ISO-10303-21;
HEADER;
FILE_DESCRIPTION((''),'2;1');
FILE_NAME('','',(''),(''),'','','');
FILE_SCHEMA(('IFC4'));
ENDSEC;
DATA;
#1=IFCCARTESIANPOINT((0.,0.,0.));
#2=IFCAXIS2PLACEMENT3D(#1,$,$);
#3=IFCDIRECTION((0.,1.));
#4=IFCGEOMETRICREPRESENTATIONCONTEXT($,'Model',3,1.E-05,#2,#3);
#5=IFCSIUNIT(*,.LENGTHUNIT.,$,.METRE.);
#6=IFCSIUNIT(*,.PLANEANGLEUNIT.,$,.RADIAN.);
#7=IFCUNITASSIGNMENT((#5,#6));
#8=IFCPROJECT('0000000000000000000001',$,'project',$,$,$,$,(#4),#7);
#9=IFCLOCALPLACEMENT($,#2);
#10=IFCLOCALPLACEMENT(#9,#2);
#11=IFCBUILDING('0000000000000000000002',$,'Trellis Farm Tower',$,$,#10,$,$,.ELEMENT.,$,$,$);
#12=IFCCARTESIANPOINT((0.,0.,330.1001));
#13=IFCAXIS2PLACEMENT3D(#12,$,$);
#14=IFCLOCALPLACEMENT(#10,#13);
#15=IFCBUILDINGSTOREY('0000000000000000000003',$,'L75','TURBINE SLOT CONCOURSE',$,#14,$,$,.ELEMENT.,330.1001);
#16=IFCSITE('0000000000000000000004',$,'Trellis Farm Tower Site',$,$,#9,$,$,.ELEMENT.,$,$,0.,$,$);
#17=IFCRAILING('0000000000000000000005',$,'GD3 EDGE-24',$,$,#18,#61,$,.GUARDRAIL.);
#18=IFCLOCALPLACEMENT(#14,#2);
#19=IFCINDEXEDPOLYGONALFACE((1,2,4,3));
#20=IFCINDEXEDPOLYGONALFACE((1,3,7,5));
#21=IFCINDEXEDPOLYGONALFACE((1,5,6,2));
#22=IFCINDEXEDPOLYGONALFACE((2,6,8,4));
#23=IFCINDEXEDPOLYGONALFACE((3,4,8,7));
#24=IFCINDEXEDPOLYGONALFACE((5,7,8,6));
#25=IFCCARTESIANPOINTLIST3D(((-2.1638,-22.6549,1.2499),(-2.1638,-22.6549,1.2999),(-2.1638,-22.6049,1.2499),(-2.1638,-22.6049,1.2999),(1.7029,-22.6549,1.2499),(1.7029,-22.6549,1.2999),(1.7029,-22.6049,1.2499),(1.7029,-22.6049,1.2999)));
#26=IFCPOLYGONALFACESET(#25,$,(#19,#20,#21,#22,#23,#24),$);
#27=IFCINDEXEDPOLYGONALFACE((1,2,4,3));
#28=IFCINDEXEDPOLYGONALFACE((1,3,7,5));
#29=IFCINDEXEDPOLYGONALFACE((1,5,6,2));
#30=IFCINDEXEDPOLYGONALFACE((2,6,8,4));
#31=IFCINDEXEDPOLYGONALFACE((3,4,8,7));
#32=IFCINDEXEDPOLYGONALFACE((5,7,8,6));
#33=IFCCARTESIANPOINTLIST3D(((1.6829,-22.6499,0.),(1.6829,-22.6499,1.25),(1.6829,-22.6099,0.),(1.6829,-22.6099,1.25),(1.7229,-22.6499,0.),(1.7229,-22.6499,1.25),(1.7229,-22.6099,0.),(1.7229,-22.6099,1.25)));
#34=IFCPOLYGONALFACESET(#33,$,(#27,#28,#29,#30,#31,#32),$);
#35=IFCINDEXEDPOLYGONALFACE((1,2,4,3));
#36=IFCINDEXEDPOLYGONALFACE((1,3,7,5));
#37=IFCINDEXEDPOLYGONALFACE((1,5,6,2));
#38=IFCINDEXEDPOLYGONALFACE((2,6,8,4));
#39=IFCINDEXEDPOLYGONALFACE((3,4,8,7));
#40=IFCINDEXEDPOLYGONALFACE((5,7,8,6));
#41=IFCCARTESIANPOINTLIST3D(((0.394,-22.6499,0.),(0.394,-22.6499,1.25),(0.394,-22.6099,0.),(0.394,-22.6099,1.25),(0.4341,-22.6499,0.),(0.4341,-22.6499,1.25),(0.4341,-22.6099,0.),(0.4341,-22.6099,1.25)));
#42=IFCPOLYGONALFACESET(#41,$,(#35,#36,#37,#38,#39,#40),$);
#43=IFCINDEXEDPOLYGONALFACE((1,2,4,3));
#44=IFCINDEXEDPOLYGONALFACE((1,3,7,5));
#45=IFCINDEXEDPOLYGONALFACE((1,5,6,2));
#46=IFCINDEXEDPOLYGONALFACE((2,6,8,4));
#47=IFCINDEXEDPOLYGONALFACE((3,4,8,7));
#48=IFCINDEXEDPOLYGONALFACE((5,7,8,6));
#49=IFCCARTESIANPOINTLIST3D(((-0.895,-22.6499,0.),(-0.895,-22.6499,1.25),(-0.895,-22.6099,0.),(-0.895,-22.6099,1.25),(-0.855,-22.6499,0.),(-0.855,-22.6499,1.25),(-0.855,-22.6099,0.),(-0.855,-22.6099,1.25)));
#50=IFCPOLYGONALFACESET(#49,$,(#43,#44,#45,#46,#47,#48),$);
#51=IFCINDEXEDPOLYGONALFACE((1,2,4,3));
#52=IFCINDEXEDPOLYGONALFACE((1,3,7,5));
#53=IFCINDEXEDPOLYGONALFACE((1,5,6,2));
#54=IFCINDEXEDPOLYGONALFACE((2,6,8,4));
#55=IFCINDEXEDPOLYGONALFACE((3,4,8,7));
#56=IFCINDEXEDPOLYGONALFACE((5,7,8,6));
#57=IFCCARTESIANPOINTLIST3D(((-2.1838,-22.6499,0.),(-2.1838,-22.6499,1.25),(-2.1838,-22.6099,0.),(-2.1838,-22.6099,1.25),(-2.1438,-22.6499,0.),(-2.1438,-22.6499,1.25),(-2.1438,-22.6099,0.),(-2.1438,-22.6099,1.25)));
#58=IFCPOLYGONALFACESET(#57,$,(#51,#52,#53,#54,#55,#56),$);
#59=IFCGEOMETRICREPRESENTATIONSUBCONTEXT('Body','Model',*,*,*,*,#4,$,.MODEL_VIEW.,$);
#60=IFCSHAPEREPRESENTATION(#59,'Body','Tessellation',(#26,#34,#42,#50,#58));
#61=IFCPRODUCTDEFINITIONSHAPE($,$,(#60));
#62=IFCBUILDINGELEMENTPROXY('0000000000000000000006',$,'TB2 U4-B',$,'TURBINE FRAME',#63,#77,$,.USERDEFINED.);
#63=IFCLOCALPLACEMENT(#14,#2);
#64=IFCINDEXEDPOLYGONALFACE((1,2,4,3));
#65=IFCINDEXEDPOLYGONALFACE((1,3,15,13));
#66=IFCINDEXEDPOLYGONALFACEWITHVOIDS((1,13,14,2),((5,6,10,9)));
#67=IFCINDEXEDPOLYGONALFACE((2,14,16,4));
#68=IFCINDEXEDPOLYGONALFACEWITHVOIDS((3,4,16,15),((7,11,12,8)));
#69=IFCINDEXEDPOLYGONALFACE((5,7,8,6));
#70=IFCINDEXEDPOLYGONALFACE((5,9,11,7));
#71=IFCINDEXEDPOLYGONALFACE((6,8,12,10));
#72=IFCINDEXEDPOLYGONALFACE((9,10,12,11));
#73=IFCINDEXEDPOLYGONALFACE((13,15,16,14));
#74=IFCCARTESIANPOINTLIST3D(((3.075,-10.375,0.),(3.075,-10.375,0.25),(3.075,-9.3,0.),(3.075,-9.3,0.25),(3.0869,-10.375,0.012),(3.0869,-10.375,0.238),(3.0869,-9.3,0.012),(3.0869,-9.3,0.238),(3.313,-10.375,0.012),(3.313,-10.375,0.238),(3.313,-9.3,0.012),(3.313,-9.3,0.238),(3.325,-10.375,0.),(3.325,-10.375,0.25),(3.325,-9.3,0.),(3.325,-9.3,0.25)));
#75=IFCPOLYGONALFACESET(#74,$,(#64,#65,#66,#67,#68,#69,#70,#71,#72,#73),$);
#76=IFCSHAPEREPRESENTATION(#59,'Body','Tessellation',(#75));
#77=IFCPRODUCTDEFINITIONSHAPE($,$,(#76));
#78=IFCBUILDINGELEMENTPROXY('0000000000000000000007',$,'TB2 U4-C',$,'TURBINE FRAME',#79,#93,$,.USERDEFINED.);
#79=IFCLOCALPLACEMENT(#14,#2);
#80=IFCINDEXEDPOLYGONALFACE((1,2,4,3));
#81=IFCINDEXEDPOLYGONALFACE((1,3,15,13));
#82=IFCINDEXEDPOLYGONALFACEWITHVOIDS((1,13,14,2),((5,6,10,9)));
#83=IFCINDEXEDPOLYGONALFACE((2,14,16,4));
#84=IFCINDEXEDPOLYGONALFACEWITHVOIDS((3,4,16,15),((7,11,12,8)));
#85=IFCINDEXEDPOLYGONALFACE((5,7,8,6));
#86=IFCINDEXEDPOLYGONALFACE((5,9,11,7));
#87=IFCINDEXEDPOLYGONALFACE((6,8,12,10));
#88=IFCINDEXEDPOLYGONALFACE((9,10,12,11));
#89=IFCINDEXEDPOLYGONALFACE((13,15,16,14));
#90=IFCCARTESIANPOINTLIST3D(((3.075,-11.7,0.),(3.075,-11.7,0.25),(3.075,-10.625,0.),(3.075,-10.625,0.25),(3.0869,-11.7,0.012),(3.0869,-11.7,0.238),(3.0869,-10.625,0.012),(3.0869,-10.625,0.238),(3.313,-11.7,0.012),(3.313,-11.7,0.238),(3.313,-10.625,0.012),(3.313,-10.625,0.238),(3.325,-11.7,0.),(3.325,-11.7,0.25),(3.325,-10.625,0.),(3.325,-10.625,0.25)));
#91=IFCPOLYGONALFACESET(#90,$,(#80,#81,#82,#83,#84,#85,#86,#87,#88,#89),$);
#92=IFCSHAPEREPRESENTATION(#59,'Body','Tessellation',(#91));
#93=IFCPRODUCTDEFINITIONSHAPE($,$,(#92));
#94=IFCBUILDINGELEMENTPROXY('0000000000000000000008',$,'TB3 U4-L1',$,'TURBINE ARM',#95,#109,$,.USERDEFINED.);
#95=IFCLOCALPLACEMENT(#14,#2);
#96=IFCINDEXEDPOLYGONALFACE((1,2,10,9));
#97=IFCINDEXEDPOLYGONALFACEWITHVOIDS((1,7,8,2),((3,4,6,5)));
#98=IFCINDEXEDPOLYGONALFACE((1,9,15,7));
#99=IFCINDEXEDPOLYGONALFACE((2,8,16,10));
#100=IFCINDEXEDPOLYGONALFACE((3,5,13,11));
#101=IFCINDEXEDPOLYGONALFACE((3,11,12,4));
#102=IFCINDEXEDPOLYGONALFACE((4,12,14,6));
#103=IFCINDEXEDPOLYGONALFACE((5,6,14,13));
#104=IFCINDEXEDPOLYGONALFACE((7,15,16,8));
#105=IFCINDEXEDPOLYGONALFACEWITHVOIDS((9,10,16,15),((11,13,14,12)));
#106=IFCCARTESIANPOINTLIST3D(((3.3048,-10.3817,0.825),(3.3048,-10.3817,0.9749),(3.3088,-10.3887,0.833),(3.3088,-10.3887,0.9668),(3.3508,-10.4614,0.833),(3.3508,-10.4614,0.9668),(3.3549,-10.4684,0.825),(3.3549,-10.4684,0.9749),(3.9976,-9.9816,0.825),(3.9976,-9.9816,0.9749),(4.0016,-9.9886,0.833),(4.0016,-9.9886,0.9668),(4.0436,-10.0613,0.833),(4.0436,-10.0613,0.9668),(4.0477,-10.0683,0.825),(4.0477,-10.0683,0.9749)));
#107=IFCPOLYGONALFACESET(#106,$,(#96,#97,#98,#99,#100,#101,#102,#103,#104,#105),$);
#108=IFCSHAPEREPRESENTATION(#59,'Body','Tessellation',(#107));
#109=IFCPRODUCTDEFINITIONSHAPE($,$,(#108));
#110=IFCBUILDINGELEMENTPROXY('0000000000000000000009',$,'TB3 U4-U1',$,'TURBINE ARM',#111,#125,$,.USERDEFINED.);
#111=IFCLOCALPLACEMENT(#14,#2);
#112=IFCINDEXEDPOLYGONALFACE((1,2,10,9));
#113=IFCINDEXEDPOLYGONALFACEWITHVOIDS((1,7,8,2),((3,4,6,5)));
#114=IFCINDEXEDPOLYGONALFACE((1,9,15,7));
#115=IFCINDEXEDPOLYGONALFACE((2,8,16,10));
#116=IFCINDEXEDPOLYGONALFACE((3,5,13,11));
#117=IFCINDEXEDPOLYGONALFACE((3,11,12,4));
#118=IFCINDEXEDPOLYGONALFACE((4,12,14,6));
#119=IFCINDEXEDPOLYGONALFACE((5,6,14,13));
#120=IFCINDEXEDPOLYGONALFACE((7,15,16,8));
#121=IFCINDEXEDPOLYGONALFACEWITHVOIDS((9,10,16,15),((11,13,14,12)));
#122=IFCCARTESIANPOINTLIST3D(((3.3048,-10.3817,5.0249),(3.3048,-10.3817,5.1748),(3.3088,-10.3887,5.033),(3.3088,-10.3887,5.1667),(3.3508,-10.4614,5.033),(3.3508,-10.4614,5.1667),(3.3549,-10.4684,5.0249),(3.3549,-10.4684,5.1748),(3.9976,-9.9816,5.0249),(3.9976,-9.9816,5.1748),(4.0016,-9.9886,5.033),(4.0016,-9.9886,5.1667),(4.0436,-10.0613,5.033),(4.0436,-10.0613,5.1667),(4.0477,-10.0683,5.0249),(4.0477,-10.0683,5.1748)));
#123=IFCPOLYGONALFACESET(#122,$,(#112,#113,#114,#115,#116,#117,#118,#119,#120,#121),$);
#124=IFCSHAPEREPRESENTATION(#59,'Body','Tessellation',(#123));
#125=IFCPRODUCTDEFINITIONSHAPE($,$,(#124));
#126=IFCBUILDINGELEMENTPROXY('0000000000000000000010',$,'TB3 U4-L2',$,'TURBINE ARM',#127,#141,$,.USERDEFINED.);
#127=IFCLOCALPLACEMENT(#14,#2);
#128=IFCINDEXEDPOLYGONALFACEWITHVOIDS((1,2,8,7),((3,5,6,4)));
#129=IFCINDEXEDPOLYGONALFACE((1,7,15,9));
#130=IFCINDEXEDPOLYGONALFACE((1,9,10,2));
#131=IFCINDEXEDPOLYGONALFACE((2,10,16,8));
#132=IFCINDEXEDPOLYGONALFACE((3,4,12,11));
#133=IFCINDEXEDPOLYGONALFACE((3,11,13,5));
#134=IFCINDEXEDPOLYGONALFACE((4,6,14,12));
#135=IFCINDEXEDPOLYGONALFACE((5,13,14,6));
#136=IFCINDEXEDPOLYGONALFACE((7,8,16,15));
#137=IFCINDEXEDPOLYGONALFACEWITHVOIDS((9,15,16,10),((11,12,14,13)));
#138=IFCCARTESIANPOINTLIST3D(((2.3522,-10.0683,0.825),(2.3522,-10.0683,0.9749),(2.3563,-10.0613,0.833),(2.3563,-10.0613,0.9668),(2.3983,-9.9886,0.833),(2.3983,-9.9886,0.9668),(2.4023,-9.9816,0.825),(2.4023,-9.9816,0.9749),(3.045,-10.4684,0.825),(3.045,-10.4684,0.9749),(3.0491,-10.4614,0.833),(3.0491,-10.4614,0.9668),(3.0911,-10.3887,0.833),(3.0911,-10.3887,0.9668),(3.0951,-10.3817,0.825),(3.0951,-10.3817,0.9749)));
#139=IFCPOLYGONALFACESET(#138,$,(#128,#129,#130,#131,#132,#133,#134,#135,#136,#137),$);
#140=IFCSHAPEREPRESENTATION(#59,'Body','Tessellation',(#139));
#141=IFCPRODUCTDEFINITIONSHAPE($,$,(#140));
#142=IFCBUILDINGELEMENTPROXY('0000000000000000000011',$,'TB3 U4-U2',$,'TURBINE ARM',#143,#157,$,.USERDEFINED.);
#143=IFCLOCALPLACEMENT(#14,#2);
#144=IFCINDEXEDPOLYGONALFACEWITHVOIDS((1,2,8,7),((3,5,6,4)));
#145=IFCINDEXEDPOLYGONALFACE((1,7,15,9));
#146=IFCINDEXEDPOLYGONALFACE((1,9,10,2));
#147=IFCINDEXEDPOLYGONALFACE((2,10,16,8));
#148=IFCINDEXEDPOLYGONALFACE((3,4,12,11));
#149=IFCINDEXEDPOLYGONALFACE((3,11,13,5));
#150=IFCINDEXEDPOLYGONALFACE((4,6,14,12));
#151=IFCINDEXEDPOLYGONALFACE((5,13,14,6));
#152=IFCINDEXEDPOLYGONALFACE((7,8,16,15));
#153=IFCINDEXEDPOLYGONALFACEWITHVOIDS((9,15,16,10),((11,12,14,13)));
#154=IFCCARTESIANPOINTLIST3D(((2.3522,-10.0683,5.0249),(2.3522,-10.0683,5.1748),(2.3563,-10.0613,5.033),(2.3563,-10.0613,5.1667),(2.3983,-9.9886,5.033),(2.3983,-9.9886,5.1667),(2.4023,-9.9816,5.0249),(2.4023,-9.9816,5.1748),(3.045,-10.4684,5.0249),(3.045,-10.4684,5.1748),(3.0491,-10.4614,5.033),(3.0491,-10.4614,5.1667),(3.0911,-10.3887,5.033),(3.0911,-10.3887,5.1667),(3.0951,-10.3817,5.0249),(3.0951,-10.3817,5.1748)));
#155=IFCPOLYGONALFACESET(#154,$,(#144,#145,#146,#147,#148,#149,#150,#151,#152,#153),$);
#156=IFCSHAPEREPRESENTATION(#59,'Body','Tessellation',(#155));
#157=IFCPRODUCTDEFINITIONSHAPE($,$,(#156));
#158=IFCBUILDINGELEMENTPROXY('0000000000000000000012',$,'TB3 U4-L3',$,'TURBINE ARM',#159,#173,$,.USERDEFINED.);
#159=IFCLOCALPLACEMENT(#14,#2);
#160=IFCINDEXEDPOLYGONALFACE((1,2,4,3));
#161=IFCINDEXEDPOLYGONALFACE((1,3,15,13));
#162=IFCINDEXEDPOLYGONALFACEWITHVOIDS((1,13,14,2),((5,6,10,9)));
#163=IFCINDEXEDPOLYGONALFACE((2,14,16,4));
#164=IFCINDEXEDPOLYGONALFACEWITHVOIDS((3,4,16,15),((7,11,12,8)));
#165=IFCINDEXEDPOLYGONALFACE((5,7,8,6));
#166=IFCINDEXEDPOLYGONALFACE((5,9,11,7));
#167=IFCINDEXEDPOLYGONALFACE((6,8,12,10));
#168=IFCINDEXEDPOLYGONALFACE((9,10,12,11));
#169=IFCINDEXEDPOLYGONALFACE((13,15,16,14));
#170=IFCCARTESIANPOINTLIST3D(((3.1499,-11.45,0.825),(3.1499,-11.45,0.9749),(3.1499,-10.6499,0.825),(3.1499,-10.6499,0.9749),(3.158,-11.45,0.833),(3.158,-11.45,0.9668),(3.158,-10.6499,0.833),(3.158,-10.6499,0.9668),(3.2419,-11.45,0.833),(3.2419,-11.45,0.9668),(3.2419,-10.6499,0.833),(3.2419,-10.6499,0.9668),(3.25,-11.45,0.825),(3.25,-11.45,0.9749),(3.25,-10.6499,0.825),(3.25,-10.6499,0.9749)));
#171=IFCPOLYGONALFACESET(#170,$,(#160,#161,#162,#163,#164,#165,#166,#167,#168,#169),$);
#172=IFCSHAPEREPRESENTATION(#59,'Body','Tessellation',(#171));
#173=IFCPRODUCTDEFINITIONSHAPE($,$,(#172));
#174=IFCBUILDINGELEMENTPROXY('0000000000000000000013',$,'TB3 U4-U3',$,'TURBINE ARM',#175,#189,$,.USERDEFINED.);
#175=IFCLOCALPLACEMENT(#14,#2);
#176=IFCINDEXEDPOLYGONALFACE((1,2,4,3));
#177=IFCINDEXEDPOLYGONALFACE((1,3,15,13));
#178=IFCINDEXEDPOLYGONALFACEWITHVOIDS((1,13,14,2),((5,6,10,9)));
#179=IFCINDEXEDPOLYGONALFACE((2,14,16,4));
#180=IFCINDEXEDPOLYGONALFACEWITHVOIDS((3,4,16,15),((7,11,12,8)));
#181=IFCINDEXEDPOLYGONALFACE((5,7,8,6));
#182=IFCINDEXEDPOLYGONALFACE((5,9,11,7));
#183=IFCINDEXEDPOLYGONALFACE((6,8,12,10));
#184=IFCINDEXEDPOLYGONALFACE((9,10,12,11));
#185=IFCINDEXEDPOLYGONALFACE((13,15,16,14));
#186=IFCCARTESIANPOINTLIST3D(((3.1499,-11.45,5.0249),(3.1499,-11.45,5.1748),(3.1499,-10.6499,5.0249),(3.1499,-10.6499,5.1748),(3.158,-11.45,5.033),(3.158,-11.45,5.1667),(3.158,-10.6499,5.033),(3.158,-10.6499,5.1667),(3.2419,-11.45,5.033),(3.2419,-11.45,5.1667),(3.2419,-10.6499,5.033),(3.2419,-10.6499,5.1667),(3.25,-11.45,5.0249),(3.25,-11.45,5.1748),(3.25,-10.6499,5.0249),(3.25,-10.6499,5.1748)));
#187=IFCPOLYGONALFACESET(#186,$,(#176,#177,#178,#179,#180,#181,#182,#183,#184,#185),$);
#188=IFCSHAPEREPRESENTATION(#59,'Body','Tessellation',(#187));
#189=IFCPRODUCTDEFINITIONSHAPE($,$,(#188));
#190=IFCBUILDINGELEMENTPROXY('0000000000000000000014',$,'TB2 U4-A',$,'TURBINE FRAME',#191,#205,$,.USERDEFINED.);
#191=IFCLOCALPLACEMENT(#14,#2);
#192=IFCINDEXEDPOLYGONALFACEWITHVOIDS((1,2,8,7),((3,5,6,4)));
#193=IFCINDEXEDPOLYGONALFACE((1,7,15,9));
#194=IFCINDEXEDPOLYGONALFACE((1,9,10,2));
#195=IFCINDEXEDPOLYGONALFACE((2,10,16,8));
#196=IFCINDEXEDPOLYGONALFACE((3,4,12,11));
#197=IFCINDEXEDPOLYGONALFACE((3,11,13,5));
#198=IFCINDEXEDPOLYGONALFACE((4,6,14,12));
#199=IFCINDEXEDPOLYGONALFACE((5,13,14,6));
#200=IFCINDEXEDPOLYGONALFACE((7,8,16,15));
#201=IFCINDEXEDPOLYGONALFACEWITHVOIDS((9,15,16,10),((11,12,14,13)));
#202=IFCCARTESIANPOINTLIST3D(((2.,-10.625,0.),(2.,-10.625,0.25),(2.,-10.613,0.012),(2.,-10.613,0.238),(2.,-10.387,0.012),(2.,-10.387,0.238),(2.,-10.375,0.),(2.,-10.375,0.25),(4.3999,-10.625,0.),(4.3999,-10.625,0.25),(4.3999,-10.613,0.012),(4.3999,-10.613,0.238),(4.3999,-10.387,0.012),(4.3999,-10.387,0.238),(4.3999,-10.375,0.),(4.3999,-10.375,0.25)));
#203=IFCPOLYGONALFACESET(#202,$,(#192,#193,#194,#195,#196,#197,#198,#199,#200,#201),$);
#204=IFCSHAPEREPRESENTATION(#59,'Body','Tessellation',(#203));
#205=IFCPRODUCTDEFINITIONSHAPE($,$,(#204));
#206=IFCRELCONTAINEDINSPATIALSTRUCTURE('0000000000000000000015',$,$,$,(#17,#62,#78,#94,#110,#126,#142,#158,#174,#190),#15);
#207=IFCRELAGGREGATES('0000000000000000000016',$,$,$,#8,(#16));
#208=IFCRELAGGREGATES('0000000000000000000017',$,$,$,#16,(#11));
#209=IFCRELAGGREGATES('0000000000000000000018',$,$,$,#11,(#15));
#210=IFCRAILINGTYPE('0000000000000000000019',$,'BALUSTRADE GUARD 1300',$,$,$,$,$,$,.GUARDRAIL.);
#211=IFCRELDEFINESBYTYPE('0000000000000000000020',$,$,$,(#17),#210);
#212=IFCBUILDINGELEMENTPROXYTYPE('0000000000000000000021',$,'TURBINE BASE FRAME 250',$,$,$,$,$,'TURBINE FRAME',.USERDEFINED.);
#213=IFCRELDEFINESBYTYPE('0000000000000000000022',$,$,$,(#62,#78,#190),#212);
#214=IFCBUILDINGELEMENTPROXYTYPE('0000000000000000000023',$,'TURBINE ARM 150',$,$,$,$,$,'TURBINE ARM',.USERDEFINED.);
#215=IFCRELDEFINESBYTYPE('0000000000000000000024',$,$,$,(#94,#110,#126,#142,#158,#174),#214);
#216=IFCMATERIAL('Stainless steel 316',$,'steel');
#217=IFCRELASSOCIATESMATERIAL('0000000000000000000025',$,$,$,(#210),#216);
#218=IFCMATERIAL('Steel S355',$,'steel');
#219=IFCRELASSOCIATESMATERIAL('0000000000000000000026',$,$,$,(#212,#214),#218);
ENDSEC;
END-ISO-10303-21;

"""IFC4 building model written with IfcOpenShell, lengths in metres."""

from ifc_helpers import new_model, si_unit, direction, frame, origin, origin_2d, place, context, subcontext, project, spatial, rectangle, hollow_rectangle, extrude, source, transform, mapped, material, material_profile, profile_set, type_object, element, save


model = new_model("IFC4")

# Units and contexts
model_context = context("Model", 3, precision=1e-05, world=origin(), true_north=direction((0.0, 1.0)))
body_context = subcontext(model_context, "Body", "Model", "MODEL_VIEW")
ifc_project = project(units=[si_unit("LENGTHUNIT", "METRE"), si_unit("PLANEANGLEUNIT", "RADIAN")], contexts=[model_context])

# Site, building, storey
site_placement = place(None, origin())
site = spatial("IfcSite", under=ifc_project, at=site_placement, Name="Trellis Farm Tower Site", CompositionType="ELEMENT", RefElevation=0.0)
building_placement = place(site_placement, origin())
building = spatial("IfcBuilding", under=site, at=building_placement, Name="Trellis Farm Tower", CompositionType="ELEMENT")
storey_placement = place(building_placement, frame((0.0, 0.0, 330.1001)))
storey = spatial("IfcBuildingStorey", under=building, at=storey_placement, Name="L75", Description="TURBINE SLOT CONCOURSE", CompositionType="ELEMENT", Elevation=330.1001)

# Shared definitions
ifc_material_1 = material(Name="Steel S355", Category="steel")

# Railing
ifc_material_2 = material(Name="Stainless steel 316", Category="steel")
railing_type = type_object("IfcRailingType", Name="BALUSTRADE GUARD 1300", PredefinedType="GUARDRAIL", material=ifc_material_2)
shared_shape_1 = source(origin(), body_context, "Body", "SweptSolid", [
    extrude(rectangle(XDim=0.05, YDim=0.05, at=origin_2d()), frame((0.0, 0.0, 1.2749), z_axis=(-1.0, 0.0, 0.0), x_axis=(0.0, -1.0, 0.0)), (0.0, 0.0, 1.0), 3.8667),
    extrude(rectangle(XDim=0.04, YDim=0.04, at=origin_2d()), origin(), (0.0, 0.0, 1.0), 1.25),
    extrude(rectangle(XDim=0.04, YDim=0.04, at=origin_2d()), frame((-1.2888, 0.0, 0.0)), (0.0, 0.0, 1.0), 1.25),
    extrude(rectangle(XDim=0.04, YDim=0.04, at=origin_2d()), frame((-2.5779, 0.0, 0.0)), (0.0, 0.0, 1.0), 1.25),
    extrude(rectangle(XDim=0.04, YDim=0.04, at=origin_2d()), frame((-3.8667, 0.0, 0.0)), (0.0, 0.0, 1.0), 1.25),
])
railing_1_placement = place(storey_placement, frame((1.7029, -22.6299, 0.0)))
element("IfcRailing", 1, at=railing_1_placement, inside=storey, type_object=railing_type, Name="GD3 EDGE-24", PredefinedType="GUARDRAIL", context=body_context, shape_type="MappedRepresentation", body=[
    mapped(shared_shape_1, transform((0.0, 0.0, 0.0))),
])

# Building element proxies
ifc_material_profile_1 = material_profile(ifc_material_1, hollow_rectangle(XDim=0.25, YDim=0.25, WallThickness=0.012, at=origin_2d()), Name="RHS 250x250x12")
ifc_profile_set_1 = profile_set([ifc_material_profile_1], Name="Steel S355")
building_element_proxy_type_1 = type_object("IfcBuildingElementProxyType", Name="TURBINE BASE FRAME 250", ElementType="TURBINE FRAME", PredefinedType="USERDEFINED", material=ifc_profile_set_1)
shared_shape_2 = source(origin(), body_context, "Body", "SweptSolid", [
    extrude(hollow_rectangle(XDim=0.25, YDim=0.25, WallThickness=0.012, at=origin_2d()), origin(), (0.0, 0.0, 1.0), 1.075),
])
for number, where, z_axis, x_axis, name in (
    (2, (3.2, -10.375, 0.125), (0.0, 1.0, 0.0), (-1.0, 0.0, 0.0), "TB2 U4-B"),
    (3, (3.2, -10.625, 0.125), (0.0, -1.0, 0.0), (1.0, 0.0, 0.0), "TB2 U4-C"),
):
    element("IfcBuildingElementProxy", number, at=place(storey_placement, frame(where, z_axis=z_axis, x_axis=x_axis)), inside=storey, type_object=building_element_proxy_type_1, Name=name, ObjectType="TURBINE FRAME", PredefinedType="USERDEFINED", context=body_context, shape_type="MappedRepresentation", body=[
        mapped(shared_shape_2, transform((0.0, 0.0, 0.0))),
    ])
ifc_material_profile_2 = material_profile(ifc_material_1, hollow_rectangle(XDim=0.1001, YDim=0.1499, WallThickness=0.0081, at=origin_2d()), Name="RHS 150x100x8")
ifc_profile_set_2 = profile_set([ifc_material_profile_2], Name="Steel S355")
building_element_proxy_type_2 = type_object("IfcBuildingElementProxyType", Name="TURBINE ARM 150", ElementType="TURBINE ARM", PredefinedType="USERDEFINED", material=ifc_profile_set_2)
shared_shape_3 = source(origin(), body_context, "Body", "SweptSolid", [
    extrude(hollow_rectangle(XDim=0.1001, YDim=0.1499, WallThickness=0.0081, at=origin_2d()), origin(), (0.0, 0.0, 1.0), 0.8),
])
for number, where, z_axis, x_axis, name in (
    (4, (3.3298, -10.425, 0.8999), (0.865962, 0.50011, 0.0), (-0.50011, 0.865962, 0.0), "TB3 U4-L1"),
    (5, (3.3298, -10.425, 5.0999), (0.865962, 0.50011, 0.0), (-0.50011, 0.865962, 0.0), "TB3 U4-U1"),
    (6, (3.0701, -10.425, 0.8999), (-0.865962, 0.50011, 0.0), (-0.50011, -0.865962, 0.0), "TB3 U4-L2"),
    (7, (3.0701, -10.425, 5.0999), (-0.865962, 0.50011, 0.0), (-0.50011, -0.865962, 0.0), "TB3 U4-U2"),
    (8, (3.2, -10.6499, 0.8999), (0.0, -1.0, 0.0), (1.0, 0.0, 0.0), "TB3 U4-L3"),
    (9, (3.2, -10.6499, 5.0999), (0.0, -1.0, 0.0), (1.0, 0.0, 0.0), "TB3 U4-U3"),
):
    element("IfcBuildingElementProxy", number, at=place(storey_placement, frame(where, z_axis=z_axis, x_axis=x_axis)), inside=storey, type_object=building_element_proxy_type_2, Name=name, ObjectType="TURBINE ARM", PredefinedType="USERDEFINED", context=body_context, shape_type="MappedRepresentation", body=[
        mapped(shared_shape_3, transform((0.0, 0.0, 0.0))),
    ])
shared_shape_4 = source(origin(), body_context, "Body", "SweptSolid", [
    extrude(hollow_rectangle(XDim=0.25, YDim=0.25, WallThickness=0.012, at=origin_2d()), origin(), (0.0, 0.0, 1.0), 2.3999),
])
proxy_1_placement = place(storey_placement, frame((2.0, -10.5, 0.125), z_axis=(1.0, 0.0, 0.0), x_axis=(0.0, 1.0, 0.0)))
element("IfcBuildingElementProxy", 10, at=proxy_1_placement, inside=storey, type_object=building_element_proxy_type_1, Name="TB2 U4-A", ObjectType="TURBINE FRAME", PredefinedType="USERDEFINED", context=body_context, shape_type="MappedRepresentation", body=[
    mapped(shared_shape_4, transform((0.0, 0.0, 0.0))),
])

save(model, "model.ifc")
